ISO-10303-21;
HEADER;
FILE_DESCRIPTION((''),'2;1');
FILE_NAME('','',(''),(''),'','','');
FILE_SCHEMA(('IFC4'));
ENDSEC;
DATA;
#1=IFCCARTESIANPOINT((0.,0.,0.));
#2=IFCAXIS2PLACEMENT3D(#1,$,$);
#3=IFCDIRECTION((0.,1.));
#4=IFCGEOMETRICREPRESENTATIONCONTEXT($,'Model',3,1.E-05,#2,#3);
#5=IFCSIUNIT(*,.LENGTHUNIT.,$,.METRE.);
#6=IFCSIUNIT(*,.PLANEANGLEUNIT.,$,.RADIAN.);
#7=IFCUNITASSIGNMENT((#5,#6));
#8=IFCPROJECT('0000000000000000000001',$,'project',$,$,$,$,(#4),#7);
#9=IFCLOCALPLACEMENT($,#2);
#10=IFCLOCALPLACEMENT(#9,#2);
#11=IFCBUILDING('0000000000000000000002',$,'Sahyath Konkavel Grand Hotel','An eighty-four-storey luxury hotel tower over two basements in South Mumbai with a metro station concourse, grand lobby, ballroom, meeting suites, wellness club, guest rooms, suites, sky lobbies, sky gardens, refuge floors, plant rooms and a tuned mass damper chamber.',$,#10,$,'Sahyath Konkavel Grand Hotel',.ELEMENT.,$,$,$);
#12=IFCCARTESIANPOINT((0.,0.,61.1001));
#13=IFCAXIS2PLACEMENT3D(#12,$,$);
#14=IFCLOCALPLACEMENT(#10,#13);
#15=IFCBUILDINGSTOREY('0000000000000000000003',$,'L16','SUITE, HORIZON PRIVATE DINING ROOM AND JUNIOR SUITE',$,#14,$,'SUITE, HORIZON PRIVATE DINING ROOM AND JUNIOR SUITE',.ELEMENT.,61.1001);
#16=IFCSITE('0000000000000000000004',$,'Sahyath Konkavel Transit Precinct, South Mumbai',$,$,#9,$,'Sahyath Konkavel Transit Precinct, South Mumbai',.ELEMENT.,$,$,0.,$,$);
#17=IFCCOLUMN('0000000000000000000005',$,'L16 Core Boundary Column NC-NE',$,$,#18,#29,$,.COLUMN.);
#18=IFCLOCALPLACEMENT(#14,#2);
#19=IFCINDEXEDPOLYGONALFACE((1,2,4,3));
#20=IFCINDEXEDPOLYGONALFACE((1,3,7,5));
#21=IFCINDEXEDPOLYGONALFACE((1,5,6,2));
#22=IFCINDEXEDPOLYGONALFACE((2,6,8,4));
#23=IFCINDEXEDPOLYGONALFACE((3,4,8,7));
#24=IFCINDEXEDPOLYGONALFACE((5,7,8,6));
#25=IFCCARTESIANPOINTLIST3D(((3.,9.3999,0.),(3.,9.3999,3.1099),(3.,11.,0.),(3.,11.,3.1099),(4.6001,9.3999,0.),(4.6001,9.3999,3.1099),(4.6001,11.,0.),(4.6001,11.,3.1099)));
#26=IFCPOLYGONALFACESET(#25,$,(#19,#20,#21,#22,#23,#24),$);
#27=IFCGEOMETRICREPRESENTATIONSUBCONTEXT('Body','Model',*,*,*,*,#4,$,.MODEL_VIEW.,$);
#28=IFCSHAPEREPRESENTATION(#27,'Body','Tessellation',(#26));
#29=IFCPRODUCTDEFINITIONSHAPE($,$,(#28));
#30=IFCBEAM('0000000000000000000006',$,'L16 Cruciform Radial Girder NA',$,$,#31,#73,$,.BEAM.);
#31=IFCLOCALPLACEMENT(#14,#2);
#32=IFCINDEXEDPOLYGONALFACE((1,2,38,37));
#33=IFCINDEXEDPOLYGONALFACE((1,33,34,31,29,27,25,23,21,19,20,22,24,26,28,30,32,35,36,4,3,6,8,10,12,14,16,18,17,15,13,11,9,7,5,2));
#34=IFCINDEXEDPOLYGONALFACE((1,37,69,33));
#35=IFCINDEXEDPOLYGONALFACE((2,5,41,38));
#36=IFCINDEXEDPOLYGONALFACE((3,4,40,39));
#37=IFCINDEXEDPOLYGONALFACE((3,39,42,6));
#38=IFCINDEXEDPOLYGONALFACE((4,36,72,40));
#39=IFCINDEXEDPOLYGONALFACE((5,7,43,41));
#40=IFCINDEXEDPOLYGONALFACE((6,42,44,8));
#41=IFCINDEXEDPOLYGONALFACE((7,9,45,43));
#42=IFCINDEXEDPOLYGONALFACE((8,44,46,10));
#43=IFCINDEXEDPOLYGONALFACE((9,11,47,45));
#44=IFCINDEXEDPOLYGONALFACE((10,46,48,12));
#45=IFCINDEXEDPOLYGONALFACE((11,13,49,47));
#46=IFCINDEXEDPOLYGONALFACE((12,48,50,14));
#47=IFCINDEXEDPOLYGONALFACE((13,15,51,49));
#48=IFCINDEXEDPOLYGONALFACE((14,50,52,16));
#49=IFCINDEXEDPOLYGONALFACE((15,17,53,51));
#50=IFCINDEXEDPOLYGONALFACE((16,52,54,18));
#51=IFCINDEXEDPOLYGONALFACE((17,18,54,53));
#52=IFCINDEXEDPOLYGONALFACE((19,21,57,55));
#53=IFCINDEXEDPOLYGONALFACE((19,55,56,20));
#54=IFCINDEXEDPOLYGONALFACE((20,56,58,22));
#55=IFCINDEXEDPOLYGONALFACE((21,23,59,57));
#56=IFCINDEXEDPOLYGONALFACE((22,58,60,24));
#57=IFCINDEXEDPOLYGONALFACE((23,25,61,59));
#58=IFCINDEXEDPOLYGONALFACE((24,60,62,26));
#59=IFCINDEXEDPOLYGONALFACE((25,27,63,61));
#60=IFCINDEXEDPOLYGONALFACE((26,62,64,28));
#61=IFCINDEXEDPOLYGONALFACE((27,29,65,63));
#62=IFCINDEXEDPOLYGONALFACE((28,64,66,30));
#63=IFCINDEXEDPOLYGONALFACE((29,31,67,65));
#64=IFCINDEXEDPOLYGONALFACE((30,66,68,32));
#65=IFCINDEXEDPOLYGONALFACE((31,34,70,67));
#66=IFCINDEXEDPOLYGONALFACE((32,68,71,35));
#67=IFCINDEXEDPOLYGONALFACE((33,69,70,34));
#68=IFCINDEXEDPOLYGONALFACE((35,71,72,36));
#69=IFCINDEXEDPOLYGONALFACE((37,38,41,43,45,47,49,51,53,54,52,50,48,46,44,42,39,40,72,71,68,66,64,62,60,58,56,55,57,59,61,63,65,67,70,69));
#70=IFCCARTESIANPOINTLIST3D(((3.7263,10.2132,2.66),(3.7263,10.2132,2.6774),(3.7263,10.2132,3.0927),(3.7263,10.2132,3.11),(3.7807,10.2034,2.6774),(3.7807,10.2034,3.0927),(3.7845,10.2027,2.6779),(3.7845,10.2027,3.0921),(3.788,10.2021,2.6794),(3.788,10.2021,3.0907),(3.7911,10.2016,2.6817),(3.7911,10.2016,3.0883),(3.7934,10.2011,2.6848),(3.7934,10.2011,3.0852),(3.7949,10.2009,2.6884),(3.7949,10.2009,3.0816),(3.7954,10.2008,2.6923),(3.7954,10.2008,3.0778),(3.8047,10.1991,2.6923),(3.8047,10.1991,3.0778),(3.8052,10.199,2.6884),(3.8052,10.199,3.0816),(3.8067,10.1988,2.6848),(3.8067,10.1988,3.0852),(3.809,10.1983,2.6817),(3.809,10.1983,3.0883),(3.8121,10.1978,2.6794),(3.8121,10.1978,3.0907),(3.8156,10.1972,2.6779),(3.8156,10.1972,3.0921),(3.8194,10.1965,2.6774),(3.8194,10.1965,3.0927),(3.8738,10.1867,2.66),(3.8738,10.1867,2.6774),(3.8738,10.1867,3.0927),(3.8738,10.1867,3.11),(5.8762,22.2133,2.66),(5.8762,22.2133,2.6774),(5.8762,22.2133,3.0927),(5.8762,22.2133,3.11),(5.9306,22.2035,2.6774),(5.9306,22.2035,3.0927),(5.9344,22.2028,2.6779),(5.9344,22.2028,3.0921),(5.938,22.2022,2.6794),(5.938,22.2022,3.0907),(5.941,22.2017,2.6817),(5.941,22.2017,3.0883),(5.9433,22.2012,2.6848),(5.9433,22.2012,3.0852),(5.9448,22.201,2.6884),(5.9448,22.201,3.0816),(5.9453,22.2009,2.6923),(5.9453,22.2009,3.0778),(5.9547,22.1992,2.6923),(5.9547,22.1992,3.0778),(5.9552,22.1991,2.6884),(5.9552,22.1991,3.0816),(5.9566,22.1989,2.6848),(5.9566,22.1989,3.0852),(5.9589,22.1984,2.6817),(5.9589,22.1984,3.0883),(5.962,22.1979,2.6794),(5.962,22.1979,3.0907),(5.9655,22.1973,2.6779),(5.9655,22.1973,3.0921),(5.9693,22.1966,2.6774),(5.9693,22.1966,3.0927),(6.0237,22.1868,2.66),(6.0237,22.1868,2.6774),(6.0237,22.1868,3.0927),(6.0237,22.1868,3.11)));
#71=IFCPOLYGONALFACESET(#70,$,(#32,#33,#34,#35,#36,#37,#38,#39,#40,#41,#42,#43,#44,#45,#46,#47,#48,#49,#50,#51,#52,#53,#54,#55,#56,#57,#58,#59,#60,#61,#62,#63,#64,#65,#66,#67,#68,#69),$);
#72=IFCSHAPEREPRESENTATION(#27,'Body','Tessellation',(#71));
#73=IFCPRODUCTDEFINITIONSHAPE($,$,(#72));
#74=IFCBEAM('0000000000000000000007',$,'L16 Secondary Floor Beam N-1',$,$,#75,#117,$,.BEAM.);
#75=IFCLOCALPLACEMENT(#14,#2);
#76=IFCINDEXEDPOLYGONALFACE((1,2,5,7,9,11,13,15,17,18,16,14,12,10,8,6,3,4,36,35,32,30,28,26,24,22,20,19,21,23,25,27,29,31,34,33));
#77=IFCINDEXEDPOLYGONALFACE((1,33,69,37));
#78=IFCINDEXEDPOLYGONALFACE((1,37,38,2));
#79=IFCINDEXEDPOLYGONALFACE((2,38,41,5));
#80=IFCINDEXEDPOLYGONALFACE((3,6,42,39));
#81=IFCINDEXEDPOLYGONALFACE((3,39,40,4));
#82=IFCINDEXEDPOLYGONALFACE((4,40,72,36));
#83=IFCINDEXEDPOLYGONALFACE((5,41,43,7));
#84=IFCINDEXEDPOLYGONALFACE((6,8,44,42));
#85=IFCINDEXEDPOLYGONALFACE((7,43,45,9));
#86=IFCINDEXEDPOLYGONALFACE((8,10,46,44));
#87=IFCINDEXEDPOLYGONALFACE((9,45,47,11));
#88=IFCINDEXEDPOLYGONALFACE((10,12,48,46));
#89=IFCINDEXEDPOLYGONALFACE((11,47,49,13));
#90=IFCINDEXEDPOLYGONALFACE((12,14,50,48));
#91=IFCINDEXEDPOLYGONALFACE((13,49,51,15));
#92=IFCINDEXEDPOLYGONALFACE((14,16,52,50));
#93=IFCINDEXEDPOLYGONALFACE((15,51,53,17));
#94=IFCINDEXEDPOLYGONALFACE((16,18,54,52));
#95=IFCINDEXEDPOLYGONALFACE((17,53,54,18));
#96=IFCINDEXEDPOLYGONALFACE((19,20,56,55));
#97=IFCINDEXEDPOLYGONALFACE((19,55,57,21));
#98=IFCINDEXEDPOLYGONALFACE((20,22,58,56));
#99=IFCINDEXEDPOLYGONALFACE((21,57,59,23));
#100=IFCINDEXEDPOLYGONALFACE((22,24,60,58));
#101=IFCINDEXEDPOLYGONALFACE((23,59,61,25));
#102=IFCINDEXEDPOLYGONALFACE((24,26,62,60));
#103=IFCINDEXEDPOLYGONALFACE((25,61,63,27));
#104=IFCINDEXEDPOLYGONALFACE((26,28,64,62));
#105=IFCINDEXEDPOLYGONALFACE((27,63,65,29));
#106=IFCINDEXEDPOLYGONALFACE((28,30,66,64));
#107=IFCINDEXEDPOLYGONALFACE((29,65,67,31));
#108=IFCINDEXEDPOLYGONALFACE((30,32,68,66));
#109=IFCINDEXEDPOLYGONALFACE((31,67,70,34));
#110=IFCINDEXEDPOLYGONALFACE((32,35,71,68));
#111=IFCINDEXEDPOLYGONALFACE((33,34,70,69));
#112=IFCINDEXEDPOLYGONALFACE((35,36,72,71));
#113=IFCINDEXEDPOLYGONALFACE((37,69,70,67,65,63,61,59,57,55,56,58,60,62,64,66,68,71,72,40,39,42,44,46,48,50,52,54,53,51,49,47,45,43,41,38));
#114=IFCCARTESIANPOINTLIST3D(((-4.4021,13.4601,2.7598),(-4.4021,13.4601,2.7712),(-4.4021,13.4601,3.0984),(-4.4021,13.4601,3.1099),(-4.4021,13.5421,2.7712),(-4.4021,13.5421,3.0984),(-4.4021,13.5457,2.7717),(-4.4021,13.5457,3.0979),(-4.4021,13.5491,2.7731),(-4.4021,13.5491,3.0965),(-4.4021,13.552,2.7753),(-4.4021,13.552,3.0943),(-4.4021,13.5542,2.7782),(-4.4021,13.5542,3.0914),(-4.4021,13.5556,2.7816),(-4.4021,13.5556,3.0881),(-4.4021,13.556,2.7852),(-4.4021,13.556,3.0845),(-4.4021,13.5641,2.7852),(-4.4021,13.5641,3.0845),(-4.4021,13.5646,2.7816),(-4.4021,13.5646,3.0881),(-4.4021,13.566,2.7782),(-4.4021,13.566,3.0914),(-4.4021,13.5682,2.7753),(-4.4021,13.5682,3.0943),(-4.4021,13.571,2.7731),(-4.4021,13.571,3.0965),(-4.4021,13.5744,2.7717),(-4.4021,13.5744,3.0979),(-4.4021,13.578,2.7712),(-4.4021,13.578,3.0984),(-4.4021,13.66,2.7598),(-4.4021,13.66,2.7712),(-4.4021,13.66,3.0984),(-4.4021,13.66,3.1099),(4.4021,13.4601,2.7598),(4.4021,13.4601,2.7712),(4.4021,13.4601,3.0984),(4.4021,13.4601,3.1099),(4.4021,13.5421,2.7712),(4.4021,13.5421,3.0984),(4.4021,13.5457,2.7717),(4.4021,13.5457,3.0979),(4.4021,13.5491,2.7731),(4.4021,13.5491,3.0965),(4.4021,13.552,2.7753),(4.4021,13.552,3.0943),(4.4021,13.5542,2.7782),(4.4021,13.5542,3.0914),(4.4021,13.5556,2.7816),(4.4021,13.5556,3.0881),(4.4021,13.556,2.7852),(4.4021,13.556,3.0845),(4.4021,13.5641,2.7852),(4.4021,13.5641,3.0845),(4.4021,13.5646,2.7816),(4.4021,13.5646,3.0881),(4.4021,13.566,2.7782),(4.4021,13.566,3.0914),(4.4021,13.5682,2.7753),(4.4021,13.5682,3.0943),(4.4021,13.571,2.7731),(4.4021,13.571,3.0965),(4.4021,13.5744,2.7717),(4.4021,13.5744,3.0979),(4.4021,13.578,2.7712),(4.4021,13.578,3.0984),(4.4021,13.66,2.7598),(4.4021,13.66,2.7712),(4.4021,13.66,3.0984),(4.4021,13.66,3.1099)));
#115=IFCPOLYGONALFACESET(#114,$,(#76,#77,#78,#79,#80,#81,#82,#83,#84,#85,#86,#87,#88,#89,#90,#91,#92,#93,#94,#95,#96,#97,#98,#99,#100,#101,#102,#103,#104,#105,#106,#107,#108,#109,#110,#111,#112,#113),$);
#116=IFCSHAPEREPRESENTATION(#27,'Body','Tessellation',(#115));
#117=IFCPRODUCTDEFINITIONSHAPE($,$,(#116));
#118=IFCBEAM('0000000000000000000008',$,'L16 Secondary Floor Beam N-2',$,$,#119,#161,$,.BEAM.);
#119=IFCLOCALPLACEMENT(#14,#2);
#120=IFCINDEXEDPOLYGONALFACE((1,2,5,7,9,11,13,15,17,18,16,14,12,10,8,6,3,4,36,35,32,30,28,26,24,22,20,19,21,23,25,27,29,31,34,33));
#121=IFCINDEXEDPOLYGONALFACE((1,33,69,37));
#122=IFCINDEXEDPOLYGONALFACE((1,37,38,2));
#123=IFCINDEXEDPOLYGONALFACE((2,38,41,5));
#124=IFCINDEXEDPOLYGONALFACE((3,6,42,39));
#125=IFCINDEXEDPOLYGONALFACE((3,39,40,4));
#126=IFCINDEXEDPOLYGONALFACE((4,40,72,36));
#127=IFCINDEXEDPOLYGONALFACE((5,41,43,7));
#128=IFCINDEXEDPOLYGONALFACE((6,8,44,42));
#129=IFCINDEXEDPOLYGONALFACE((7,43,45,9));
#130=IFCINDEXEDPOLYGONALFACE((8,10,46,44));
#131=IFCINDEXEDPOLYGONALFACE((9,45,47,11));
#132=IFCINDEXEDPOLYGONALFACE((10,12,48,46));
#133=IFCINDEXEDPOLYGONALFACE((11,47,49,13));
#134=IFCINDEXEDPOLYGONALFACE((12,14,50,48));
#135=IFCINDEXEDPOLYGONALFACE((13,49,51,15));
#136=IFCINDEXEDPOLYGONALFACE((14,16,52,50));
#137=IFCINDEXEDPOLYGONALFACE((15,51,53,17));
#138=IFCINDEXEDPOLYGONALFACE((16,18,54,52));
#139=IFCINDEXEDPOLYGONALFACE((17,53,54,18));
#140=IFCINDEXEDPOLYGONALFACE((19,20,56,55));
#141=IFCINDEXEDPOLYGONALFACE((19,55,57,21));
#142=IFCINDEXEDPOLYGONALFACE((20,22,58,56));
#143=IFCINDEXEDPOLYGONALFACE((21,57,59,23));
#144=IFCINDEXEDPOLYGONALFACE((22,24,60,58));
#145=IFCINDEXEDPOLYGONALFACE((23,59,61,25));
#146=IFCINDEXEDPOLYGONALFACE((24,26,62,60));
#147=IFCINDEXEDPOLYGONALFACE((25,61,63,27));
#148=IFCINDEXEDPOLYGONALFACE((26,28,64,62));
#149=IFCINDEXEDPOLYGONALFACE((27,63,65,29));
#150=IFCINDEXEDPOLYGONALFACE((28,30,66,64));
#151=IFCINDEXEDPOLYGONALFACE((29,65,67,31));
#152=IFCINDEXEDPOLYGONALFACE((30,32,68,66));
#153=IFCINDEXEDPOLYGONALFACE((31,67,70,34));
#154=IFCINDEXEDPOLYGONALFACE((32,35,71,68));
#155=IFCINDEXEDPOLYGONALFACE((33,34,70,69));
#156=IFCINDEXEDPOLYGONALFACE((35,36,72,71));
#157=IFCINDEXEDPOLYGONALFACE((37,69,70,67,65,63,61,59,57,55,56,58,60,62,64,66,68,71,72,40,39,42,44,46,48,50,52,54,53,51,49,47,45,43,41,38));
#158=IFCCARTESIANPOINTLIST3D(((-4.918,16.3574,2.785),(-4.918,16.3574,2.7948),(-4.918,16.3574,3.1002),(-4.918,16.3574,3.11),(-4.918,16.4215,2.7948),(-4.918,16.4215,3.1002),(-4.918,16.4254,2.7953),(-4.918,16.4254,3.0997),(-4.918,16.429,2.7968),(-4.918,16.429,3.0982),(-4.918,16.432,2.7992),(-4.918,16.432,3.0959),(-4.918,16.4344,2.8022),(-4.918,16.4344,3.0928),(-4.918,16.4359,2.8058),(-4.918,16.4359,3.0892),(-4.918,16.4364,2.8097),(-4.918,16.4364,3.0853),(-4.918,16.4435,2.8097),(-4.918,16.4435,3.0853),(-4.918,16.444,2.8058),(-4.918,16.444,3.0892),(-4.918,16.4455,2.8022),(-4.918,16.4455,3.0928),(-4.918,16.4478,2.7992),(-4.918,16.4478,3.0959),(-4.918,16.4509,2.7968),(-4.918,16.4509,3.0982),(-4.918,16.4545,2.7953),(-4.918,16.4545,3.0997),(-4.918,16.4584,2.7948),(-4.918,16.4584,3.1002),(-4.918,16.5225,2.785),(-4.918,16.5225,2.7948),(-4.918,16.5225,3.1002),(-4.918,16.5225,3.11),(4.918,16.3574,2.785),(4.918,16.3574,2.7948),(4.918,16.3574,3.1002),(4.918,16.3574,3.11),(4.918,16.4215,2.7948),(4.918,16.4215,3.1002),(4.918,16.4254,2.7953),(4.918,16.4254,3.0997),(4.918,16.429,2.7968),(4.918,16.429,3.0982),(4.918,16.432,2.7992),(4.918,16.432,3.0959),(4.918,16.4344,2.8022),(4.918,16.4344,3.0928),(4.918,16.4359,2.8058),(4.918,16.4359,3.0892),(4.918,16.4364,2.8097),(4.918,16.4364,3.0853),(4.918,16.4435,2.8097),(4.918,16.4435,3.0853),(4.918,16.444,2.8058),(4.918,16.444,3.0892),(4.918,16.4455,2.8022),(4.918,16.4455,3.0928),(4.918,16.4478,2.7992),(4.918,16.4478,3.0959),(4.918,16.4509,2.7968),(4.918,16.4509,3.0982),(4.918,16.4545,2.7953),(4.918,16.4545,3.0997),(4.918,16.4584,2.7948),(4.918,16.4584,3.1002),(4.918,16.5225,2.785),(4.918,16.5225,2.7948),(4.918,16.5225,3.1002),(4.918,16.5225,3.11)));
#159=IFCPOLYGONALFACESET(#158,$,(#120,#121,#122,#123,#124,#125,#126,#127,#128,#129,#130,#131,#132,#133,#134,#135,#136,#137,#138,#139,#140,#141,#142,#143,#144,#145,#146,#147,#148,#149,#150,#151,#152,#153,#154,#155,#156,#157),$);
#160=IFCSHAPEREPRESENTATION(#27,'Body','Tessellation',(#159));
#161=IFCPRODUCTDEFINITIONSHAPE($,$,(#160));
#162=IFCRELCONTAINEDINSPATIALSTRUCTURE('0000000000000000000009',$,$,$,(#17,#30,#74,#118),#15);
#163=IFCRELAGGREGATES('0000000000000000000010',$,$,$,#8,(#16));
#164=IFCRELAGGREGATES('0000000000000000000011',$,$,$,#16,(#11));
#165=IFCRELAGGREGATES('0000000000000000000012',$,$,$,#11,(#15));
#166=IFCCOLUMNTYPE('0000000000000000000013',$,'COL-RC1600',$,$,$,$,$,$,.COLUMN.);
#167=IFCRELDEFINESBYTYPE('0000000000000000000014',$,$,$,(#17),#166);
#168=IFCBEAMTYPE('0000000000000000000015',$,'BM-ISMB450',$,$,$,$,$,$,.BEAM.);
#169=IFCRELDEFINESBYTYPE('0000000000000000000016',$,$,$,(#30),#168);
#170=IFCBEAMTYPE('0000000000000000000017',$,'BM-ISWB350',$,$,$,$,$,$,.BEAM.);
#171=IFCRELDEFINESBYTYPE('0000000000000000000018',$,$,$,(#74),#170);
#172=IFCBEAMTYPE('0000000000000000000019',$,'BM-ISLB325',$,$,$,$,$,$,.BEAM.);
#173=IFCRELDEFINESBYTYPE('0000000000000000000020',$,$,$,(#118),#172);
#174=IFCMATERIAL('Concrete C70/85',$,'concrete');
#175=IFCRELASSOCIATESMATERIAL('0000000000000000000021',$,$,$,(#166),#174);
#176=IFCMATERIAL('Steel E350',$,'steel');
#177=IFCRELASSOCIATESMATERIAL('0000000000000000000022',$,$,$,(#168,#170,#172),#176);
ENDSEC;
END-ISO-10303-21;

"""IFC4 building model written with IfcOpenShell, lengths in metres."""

from ifc_helpers import new_model, si_unit, direction, frame, origin, origin_2d, place, context, subcontext, project, spatial, rectangle, i_section, extrude, source, transform, mapped, material, material_profile, profile_set, type_object, element, save


model = new_model("IFC4")

# Units and contexts
model_context = context("Model", 3, precision=1e-05, world=origin(), true_north=direction((0.0, 1.0)))
body_context = subcontext(model_context, "Body", "Model", "MODEL_VIEW")
ifc_project = project(units=[si_unit("LENGTHUNIT", "METRE"), si_unit("PLANEANGLEUNIT", "RADIAN")], contexts=[model_context])

# Site, building, storey
site_placement = place(None, origin())
site = spatial("IfcSite", under=ifc_project, at=site_placement, Name="Sahyath Konkavel Transit Precinct, South Mumbai", LongName="Sahyath Konkavel Transit Precinct, South Mumbai", CompositionType="ELEMENT", RefElevation=0.0)
building_placement = place(site_placement, origin())
building = spatial("IfcBuilding", under=site, at=building_placement, Name="Sahyath Konkavel Grand Hotel", Description="An eighty-four-storey luxury hotel tower over two basements in South Mumbai with a metro station concourse, grand lobby, ballroom, meeting suites, wellness club, guest rooms, suites, sky lobbies, sky gardens, refuge floors, plant rooms and a tuned mass damper chamber.", LongName="Sahyath Konkavel Grand Hotel", CompositionType="ELEMENT")
storey_placement = place(building_placement, frame((0.0, 0.0, 61.1001)))
storey = spatial("IfcBuildingStorey", under=building, at=storey_placement, Name="L16", Description="SUITE, HORIZON PRIVATE DINING ROOM AND JUNIOR SUITE", LongName="SUITE, HORIZON PRIVATE DINING ROOM AND JUNIOR SUITE", CompositionType="ELEMENT", Elevation=61.1001)

# Column
ifc_material_1 = material(Name="Concrete C70/85", Category="concrete")
ifc_material_profile_1 = material_profile(ifc_material_1, rectangle(XDim=1.6001, YDim=1.6001, at=origin_2d()), Name="RC 1600x1600")
ifc_profile_set_1 = profile_set([ifc_material_profile_1], Name="Concrete C70/85")
column_type = type_object("IfcColumnType", Name="COL-RC1600", PredefinedType="COLUMN", material=ifc_profile_set_1)
shared_shape_1 = source(origin(), body_context, "Body", "SweptSolid", [
    extrude(rectangle(XDim=1.6001, YDim=1.6001, at=origin_2d()), origin(), (0.0, 0.0, 1.0), 3.1099),
])
column_placement = place(storey_placement, frame((3.8, 10.2, 0.0), z_axis=(0.0, 0.0, 1.0), x_axis=(1.0, 0.0, 0.0)))
element("IfcColumn", 1, at=column_placement, inside=storey, type_object=column_type, Name="L16 Core Boundary Column NC-NE", PredefinedType="COLUMN", context=body_context, shape_type="MappedRepresentation", body=[
    mapped(shared_shape_1, transform((0.0, 0.0, 0.0), scale=1.0)),
])

# Beams
ifc_material_2 = material(Name="Steel E350", Category="steel")
ifc_material_profile_2 = material_profile(ifc_material_2, i_section(OverallWidth=0.1499, OverallDepth=0.45, WebThickness=0.0095, FlangeThickness=0.0173, FilletRadius=0.0149, at=origin_2d()), Name="ISMB 450")
ifc_profile_set_2 = profile_set([ifc_material_profile_2], Name="Steel E350")
beam_type_1 = type_object("IfcBeamType", Name="BM-ISMB450", PredefinedType="BEAM", material=ifc_profile_set_2)
shared_shape_2 = source(origin(), body_context, "Body", "SweptSolid", [
    extrude(i_section(OverallWidth=0.1499, OverallDepth=0.45, WebThickness=0.0095, FlangeThickness=0.0173, FilletRadius=0.0149, at=origin_2d()), origin(), (0.0, 0.0, 1.0), 12.1912),
])
beam_1_placement = place(storey_placement, frame((3.8, 10.2, 2.885), z_axis=(0.176351, 0.984327, 0.0), x_axis=(-0.984327, 0.176351, 0.0)))
element("IfcBeam", 2, at=beam_1_placement, inside=storey, type_object=beam_type_1, Name="L16 Cruciform Radial Girder NA", PredefinedType="BEAM", context=body_context, shape_type="MappedRepresentation", body=[
    mapped(shared_shape_2, transform((0.0, 0.0, 0.0), scale=1.0)),
])
ifc_material_profile_3 = material_profile(ifc_material_2, i_section(OverallWidth=0.2, OverallDepth=0.3501, WebThickness=0.0081, FlangeThickness=0.0115, FilletRadius=0.0139, at=origin_2d()), Name="ISWB 350")
ifc_profile_set_3 = profile_set([ifc_material_profile_3], Name="Steel E350")
beam_type_2 = type_object("IfcBeamType", Name="BM-ISWB350", PredefinedType="BEAM", material=ifc_profile_set_3)
shared_shape_3 = source(origin(), body_context, "Body", "SweptSolid", [
    extrude(i_section(OverallWidth=0.2, OverallDepth=0.3501, WebThickness=0.0081, FlangeThickness=0.0115, FilletRadius=0.0139, at=origin_2d()), origin(), (0.0, 0.0, 1.0), 8.8042),
])
beam_2_placement = place(storey_placement, frame((4.4021, 13.5601, 2.9348), z_axis=(-1.0, 0.0, 0.0), x_axis=(0.0, -1.0, 0.0)))
element("IfcBeam", 3, at=beam_2_placement, inside=storey, type_object=beam_type_2, Name="L16 Secondary Floor Beam N-1", PredefinedType="BEAM", context=body_context, shape_type="MappedRepresentation", body=[
    mapped(shared_shape_3, transform((0.0, 0.0, 0.0), scale=1.0)),
])
ifc_material_profile_4 = material_profile(ifc_material_2, i_section(OverallWidth=0.165, OverallDepth=0.325, WebThickness=0.0071, FlangeThickness=0.0098, FilletRadius=0.0149, at=origin_2d()), Name="ISLB 325")
ifc_profile_set_4 = profile_set([ifc_material_profile_4], Name="Steel E350")
beam_type_3 = type_object("IfcBeamType", Name="BM-ISLB325", PredefinedType="BEAM", material=ifc_profile_set_4)
shared_shape_4 = source(origin(), body_context, "Body", "SweptSolid", [
    extrude(i_section(OverallWidth=0.165, OverallDepth=0.325, WebThickness=0.0071, FlangeThickness=0.0098, FilletRadius=0.0149, at=origin_2d()), origin(), (0.0, 0.0, 1.0), 9.8359),
])
beam_3_placement = place(storey_placement, frame((4.918, 16.4399, 2.9475), z_axis=(-1.0, 0.0, 0.0), x_axis=(0.0, -1.0, 0.0)))
element("IfcBeam", 4, at=beam_3_placement, inside=storey, type_object=beam_type_3, Name="L16 Secondary Floor Beam N-2", PredefinedType="BEAM", context=body_context, shape_type="MappedRepresentation", body=[
    mapped(shared_shape_4, transform((0.0, 0.0, 0.0), scale=1.0)),
])

save(model, "model.ifc")
